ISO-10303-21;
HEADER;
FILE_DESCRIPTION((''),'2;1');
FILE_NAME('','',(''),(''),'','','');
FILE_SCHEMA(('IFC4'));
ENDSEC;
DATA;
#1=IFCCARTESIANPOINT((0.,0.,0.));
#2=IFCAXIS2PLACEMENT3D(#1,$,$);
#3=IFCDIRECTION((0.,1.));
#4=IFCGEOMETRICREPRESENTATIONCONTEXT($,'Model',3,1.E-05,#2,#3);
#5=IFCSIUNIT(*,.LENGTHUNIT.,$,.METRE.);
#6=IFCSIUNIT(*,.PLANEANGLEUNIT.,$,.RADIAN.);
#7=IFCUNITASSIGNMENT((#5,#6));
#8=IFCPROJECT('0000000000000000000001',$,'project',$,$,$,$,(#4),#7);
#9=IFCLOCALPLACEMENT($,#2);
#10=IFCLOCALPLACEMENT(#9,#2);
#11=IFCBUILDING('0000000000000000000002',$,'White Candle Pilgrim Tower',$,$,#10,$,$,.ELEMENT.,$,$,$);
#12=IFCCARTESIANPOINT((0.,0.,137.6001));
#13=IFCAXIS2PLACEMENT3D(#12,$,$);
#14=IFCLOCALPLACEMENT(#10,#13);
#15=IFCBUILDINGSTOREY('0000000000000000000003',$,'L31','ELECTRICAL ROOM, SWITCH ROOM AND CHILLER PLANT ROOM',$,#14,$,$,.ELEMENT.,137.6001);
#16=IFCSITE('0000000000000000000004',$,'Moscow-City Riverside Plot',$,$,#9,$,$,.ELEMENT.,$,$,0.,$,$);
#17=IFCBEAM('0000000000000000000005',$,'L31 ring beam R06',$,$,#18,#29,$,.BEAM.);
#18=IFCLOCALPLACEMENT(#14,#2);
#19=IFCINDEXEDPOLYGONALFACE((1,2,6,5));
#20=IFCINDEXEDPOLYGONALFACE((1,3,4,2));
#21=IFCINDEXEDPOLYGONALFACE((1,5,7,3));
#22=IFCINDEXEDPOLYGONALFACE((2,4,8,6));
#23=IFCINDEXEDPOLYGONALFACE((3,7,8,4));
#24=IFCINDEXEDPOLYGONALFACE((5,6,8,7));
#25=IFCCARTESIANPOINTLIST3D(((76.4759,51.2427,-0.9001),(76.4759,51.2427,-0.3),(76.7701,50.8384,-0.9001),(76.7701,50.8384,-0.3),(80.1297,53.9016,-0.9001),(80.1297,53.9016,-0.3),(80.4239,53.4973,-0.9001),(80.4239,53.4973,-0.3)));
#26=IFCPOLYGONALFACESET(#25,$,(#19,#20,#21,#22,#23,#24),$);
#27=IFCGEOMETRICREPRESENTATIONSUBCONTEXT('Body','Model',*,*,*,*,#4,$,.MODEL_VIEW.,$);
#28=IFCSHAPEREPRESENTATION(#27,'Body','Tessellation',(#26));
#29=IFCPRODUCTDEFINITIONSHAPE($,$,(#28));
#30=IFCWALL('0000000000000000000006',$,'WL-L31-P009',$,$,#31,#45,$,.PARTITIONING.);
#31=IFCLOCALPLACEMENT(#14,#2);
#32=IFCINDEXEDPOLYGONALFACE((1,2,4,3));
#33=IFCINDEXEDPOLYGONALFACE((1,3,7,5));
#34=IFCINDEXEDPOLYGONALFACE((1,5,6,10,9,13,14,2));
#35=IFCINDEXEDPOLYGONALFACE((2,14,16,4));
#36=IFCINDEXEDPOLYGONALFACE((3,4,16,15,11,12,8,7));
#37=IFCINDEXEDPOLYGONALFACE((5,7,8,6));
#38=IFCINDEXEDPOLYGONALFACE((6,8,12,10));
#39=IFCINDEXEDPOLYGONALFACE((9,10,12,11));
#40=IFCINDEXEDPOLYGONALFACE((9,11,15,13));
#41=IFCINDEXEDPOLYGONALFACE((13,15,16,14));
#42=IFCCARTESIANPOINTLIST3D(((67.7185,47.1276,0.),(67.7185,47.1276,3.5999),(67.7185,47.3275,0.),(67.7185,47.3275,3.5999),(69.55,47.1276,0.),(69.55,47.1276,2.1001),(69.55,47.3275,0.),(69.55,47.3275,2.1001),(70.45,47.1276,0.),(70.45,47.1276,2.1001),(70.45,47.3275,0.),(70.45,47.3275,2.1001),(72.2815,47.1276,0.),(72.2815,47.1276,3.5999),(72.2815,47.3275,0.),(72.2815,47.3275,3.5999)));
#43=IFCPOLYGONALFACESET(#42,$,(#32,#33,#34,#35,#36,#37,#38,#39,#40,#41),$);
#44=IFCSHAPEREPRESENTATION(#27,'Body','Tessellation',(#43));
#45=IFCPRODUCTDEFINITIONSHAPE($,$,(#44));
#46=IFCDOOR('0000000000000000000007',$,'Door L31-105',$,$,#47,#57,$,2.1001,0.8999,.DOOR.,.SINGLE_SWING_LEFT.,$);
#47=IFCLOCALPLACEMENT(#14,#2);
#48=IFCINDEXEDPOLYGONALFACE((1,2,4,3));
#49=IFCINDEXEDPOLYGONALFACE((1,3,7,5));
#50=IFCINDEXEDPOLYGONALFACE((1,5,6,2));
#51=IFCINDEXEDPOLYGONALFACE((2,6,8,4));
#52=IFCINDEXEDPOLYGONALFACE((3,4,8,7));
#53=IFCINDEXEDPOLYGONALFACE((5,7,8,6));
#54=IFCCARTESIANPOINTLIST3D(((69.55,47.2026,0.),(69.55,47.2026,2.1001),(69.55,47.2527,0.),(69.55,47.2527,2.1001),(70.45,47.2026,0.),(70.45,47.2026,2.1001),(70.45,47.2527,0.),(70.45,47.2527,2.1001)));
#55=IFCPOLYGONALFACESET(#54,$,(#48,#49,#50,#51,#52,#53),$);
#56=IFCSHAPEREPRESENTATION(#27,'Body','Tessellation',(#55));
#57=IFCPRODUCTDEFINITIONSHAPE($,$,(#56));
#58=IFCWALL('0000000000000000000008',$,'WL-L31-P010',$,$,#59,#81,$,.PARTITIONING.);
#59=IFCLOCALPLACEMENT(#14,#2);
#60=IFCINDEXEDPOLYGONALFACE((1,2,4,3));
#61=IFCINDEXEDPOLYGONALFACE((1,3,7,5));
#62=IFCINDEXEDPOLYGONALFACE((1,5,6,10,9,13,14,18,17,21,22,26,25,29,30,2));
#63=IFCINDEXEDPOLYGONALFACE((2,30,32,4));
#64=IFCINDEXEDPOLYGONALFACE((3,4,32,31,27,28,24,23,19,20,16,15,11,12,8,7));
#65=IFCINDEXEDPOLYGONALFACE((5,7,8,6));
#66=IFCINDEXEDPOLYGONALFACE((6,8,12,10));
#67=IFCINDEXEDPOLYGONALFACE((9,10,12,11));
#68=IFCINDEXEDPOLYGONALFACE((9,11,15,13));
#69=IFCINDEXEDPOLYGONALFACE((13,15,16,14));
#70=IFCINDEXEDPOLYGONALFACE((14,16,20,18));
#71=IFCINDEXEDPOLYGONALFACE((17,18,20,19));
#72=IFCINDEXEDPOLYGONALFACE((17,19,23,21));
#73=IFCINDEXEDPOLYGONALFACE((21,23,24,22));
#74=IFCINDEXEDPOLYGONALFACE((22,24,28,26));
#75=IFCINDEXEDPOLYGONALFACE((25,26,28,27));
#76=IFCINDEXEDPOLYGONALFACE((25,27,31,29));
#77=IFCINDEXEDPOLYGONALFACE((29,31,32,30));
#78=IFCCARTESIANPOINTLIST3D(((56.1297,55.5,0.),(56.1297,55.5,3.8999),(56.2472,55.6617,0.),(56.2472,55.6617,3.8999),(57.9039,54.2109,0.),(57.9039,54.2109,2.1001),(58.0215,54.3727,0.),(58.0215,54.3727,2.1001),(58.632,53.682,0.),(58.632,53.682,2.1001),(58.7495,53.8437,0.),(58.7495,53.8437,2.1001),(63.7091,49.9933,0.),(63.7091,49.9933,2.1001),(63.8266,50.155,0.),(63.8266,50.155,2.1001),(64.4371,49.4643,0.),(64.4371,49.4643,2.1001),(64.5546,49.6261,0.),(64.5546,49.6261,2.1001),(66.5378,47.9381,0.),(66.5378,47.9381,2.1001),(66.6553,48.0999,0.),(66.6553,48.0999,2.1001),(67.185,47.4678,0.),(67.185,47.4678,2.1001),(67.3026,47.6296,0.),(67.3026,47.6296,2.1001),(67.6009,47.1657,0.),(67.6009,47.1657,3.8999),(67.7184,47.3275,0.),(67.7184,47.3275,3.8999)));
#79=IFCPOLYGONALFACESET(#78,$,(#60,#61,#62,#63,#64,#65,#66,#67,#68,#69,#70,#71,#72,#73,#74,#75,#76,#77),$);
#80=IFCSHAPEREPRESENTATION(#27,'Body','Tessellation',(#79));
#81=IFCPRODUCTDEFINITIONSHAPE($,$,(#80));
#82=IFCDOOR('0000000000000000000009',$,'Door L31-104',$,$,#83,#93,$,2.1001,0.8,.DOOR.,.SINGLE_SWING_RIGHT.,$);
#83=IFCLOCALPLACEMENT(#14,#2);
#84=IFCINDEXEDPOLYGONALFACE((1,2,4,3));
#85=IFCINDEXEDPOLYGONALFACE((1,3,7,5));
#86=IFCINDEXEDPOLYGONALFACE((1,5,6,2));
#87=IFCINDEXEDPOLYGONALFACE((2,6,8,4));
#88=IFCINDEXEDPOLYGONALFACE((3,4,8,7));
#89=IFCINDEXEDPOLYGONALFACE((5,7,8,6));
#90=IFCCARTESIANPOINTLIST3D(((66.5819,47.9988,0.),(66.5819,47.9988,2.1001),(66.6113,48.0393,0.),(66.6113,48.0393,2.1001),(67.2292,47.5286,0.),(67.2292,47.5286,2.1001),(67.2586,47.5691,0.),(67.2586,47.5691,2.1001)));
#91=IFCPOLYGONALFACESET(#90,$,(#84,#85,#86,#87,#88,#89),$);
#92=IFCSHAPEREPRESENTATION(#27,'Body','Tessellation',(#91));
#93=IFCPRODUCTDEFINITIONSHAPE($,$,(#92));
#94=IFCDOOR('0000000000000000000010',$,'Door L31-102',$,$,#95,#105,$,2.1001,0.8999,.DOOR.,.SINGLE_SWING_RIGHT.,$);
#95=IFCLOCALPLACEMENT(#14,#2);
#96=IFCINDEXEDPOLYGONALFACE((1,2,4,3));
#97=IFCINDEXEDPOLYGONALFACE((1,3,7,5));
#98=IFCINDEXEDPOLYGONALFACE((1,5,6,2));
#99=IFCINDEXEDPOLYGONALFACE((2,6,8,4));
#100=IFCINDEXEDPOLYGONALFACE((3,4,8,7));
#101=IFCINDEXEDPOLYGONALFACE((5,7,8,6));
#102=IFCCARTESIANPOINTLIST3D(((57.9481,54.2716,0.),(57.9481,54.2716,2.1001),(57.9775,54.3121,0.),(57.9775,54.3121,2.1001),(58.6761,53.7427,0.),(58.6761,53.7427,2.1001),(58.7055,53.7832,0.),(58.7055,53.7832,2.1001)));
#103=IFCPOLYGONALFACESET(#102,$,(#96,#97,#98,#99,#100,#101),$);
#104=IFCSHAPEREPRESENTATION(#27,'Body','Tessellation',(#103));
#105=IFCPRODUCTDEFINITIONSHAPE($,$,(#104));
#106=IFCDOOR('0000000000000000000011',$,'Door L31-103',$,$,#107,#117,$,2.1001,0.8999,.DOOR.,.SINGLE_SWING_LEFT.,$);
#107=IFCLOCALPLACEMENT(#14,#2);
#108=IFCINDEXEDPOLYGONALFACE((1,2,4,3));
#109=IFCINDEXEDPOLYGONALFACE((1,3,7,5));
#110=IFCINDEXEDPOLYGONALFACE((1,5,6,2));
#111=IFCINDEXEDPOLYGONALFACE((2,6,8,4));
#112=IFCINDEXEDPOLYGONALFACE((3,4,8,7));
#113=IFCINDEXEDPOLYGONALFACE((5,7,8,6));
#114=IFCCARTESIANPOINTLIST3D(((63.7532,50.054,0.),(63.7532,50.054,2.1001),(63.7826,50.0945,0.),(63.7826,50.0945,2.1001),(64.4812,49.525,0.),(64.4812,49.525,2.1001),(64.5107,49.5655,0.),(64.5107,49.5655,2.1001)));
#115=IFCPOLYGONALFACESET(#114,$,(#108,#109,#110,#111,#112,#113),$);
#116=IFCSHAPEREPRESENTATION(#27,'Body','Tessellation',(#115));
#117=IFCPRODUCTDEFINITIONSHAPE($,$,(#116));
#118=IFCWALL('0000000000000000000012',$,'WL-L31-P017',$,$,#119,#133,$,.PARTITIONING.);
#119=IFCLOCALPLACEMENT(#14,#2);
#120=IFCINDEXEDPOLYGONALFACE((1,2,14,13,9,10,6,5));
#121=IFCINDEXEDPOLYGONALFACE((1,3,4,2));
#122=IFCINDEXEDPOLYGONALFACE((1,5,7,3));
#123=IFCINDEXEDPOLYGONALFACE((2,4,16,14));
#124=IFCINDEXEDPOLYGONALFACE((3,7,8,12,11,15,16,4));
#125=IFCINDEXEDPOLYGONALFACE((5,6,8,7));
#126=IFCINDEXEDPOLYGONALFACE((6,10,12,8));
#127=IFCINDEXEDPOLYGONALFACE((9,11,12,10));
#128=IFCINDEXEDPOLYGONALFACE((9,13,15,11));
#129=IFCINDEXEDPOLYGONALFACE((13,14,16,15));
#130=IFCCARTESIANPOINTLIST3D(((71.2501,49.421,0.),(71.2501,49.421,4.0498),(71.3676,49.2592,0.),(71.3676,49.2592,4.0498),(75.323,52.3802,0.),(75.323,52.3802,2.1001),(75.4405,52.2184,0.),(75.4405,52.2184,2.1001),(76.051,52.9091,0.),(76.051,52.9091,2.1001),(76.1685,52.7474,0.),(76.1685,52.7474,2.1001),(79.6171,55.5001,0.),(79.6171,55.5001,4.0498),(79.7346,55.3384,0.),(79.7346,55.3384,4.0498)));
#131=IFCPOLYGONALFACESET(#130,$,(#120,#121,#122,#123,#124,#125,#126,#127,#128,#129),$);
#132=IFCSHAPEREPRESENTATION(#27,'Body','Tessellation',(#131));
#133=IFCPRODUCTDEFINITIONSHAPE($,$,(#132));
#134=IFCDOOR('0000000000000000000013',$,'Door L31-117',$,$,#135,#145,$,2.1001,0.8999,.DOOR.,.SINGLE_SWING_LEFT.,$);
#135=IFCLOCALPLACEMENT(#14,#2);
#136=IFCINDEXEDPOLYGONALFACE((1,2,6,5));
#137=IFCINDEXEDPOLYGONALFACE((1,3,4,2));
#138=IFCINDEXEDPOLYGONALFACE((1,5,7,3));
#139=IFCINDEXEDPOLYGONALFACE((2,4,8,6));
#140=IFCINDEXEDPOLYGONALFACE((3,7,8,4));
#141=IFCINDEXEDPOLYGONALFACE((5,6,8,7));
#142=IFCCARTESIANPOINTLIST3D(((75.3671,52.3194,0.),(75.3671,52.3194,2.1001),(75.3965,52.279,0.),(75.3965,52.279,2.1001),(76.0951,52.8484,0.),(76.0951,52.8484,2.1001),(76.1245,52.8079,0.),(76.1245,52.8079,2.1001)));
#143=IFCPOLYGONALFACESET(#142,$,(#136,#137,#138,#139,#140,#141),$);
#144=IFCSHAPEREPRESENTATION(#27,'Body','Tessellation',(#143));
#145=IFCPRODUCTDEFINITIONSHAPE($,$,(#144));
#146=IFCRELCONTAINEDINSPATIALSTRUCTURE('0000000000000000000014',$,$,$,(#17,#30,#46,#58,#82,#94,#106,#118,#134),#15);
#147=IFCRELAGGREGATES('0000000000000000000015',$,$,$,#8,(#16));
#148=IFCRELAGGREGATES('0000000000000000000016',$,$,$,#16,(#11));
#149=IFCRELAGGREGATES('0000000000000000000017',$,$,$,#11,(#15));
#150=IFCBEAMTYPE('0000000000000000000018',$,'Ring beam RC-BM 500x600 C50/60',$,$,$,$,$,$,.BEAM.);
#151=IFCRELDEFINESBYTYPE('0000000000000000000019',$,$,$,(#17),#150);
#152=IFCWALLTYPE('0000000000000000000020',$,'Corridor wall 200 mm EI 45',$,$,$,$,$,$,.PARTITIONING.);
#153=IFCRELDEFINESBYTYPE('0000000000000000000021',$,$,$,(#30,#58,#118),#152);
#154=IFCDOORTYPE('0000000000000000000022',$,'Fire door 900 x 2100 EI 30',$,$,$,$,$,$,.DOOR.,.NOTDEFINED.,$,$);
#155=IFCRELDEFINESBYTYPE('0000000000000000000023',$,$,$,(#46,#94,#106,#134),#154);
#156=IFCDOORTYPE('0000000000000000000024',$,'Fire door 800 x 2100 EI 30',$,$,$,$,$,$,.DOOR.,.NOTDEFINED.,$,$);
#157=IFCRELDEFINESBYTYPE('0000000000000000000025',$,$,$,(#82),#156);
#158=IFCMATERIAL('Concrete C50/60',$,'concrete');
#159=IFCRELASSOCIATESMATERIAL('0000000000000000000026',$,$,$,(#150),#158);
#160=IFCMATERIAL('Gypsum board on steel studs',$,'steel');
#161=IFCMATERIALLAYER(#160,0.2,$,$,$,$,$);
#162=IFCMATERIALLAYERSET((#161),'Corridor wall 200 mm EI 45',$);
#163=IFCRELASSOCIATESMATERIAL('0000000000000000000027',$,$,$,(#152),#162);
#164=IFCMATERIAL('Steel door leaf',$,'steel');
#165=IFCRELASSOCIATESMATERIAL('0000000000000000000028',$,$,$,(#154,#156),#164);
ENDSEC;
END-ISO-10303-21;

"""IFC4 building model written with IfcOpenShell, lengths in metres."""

from ifc_helpers import new_model, si_unit, direction, frame, frame_2d, origin, origin_2d, place, context, subcontext, project, spatial, rectangle, extrude, material, layer, layer_set, material_profile, profile_set, type_object, element, fill, save


model = new_model("IFC4")

# Units and contexts
model_context = context("Model", 3, precision=1e-05, world=origin(), true_north=direction((0.0, 1.0)))
body_context = subcontext(model_context, "Body", "Model", "MODEL_VIEW")
ifc_project = project(units=[si_unit("LENGTHUNIT", "METRE"), si_unit("PLANEANGLEUNIT", "RADIAN")], contexts=[model_context])

# Site, building, storey
site_placement = place(None, origin())
site = spatial("IfcSite", under=ifc_project, at=site_placement, Name="Moscow-City Riverside Plot", CompositionType="ELEMENT", RefElevation=0.0)
building_placement = place(site_placement, origin())
building = spatial("IfcBuilding", under=site, at=building_placement, Name="White Candle Pilgrim Tower", CompositionType="ELEMENT")
storey_placement = place(building_placement, frame((0.0, 0.0, 137.6001)))
storey = spatial("IfcBuildingStorey", under=building, at=storey_placement, Name="L31", Description="ELECTRICAL ROOM, SWITCH ROOM AND CHILLER PLANT ROOM", CompositionType="ELEMENT", Elevation=137.6001)

# Beam
ifc_material_1 = material(Name="Concrete C50/60", Category="concrete")
ifc_material_profile_1 = material_profile(ifc_material_1, rectangle(XDim=0.5, YDim=0.6001, at=origin_2d()), Name="RC-BM 500x600")
ifc_profile_set_1 = profile_set([ifc_material_profile_1], Name="Concrete C50/60")
beam_type = type_object("IfcBeamType", Name="Ring beam RC-BM 500x600 C50/60", PredefinedType="BEAM", material=ifc_profile_set_1)
beam_1_placement = place(storey_placement, frame((76.623, 51.0405, -0.6001), z_axis=(0.808566, 0.588406, 0.0), x_axis=(-0.588406, 0.808566, 0.0)))
element("IfcBeam", 1, at=beam_1_placement, inside=storey, type_object=beam_type, Name="L31 ring beam R06", PredefinedType="BEAM", context=body_context, shape_type="SweptSolid", body=[
    extrude(rectangle(XDim=0.5, YDim=0.6001, at=origin_2d()), origin(), (0.0, 0.0, 1.0), 4.5188),
])

# Wall, opening, door
ifc_material_2 = material(Name="Gypsum board on steel studs", Category="steel")
ifc_layer_1 = layer(ifc_material_2, 0.2)
ifc_layer_set_1 = layer_set([ifc_layer_1], Name="Corridor wall 200 mm EI 45")
wall_type_1 = type_object("IfcWallType", Name="Corridor wall 200 mm EI 45", PredefinedType="PARTITIONING", material=ifc_layer_set_1)
wall_1_placement = place(storey_placement, frame((72.2815, 47.2275, 0.0), z_axis=(0.0, 0.0, 1.0), x_axis=(-1.0, 0.0, 0.0)))
wall_1 = element("IfcWall", 2, at=wall_1_placement, inside=storey, type_object=wall_type_1, Name="WL-L31-P009", PredefinedType="PARTITIONING", context=body_context, shape_type="SweptSolid", body=[
    extrude(rectangle(XDim=4.563, YDim=0.2, at=frame_2d((2.2815, 0.0))), origin(), (0.0, 0.0, 1.0), 3.5999),
])
opening_1_placement = place(wall_1_placement, frame((1.8315, 0.0, 0.0)))
opening_1 = element("IfcOpeningElement", 3, at=opening_1_placement, cuts=wall_1, PredefinedType="OPENING", context=body_context, shape_type="SweptSolid", body=[
    extrude(rectangle(XDim=0.8999, YDim=2.1001, at=frame_2d((0.45, 1.05))), frame((0.0, 0.1099, 0.0), z_axis=(0.0, -1.0, 0.0), x_axis=(1.0, 0.0, 0.0)), (0.0, 0.0, 1.0), 0.22),
])
ifc_material_3 = material(Name="Steel door leaf", Category="steel")
door_type_1 = type_object("IfcDoorType", Name="Fire door 900 x 2100 EI 30", OperationType="NOTDEFINED", PredefinedType="DOOR", material=ifc_material_3)
door_1_placement = place(opening_1_placement, origin())
door_1 = element("IfcDoor", 4, at=door_1_placement, inside=storey, type_object=door_type_1, Name="Door L31-105", OperationType="SINGLE_SWING_LEFT", OverallHeight=2.1001, OverallWidth=0.8999, PredefinedType="DOOR", context=body_context, shape_type="SweptSolid", body=[
    extrude(rectangle(XDim=0.8999, YDim=2.1001, at=frame_2d((0.45, 1.05))), frame((0.0, 0.0249, 0.0), z_axis=(0.0, -1.0, 0.0), x_axis=(1.0, 0.0, 0.0)), (0.0, 0.0, 1.0), 0.05),
])
fill(opening_1, door_1)

# Wall, openings, doors
wall_2_placement = place(storey_placement, frame((67.6597, 47.2466, 0.0), z_axis=(0.0, 0.0, 1.0), x_axis=(-0.80902, 0.587782, 0.0)))
wall_2 = element("IfcWall", 5, at=wall_2_placement, inside=storey, type_object=wall_type_1, Name="WL-L31-P010", PredefinedType="PARTITIONING", context=body_context, shape_type="SweptSolid", body=[
    extrude(rectangle(XDim=14.1792, YDim=0.2, at=frame_2d((7.0896, 0.0))), origin(), (0.0, 0.0, 1.0), 3.8999),
])
opening_2_placement = place(wall_2_placement, frame((11.0862, 0.0, 0.0)))
opening_2 = element("IfcOpeningElement", 6, at=opening_2_placement, cuts=wall_2, PredefinedType="OPENING", context=body_context, shape_type="SweptSolid", body=[
    extrude(rectangle(XDim=0.8999, YDim=2.1001, at=frame_2d((0.45, 1.05))), frame((0.0, 0.1099, 0.0), z_axis=(0.0, -1.0, 0.0), x_axis=(1.0, 0.0, 0.0)), (0.0, 0.0, 1.0), 0.22),
])
opening_3_placement = place(wall_2_placement, frame((3.9106, 0.0, 0.0)))
opening_3 = element("IfcOpeningElement", 7, at=opening_3_placement, cuts=wall_2, PredefinedType="OPENING", context=body_context, shape_type="SweptSolid", body=[
    extrude(rectangle(XDim=0.8999, YDim=2.1001, at=frame_2d((0.45, 1.05))), frame((0.0, 0.1099, 0.0), z_axis=(0.0, -1.0, 0.0), x_axis=(1.0, 0.0, 0.0)), (0.0, 0.0, 1.0), 0.22),
])
opening_4_placement = place(wall_2_placement, frame((0.5142, 0.0, 0.0)))
opening_4 = element("IfcOpeningElement", 8, at=opening_4_placement, cuts=wall_2, PredefinedType="OPENING", context=body_context, shape_type="SweptSolid", body=[
    extrude(rectangle(XDim=0.8, YDim=2.1001, at=frame_2d((0.3999, 1.05))), frame((0.0, 0.1099, 0.0), z_axis=(0.0, -1.0, 0.0), x_axis=(1.0, 0.0, 0.0)), (0.0, 0.0, 1.0), 0.22),
])
door_type_2 = type_object("IfcDoorType", Name="Fire door 800 x 2100 EI 30", OperationType="NOTDEFINED", PredefinedType="DOOR", material=ifc_material_3)
door_2_placement = place(opening_4_placement, origin())
door_2 = element("IfcDoor", 9, at=door_2_placement, inside=storey, type_object=door_type_2, Name="Door L31-104", OperationType="SINGLE_SWING_RIGHT", OverallHeight=2.1001, OverallWidth=0.8, PredefinedType="DOOR", context=body_context, shape_type="SweptSolid", body=[
    extrude(rectangle(XDim=0.8, YDim=2.1001, at=frame_2d((0.3999, 1.05))), frame((0.0, 0.0249, 0.0), z_axis=(0.0, -1.0, 0.0), x_axis=(1.0, 0.0, 0.0)), (0.0, 0.0, 1.0), 0.05),
])
fill(opening_4, door_2)
door_3_placement = place(opening_2_placement, origin())
door_3 = element("IfcDoor", 10, at=door_3_placement, inside=storey, type_object=door_type_1, Name="Door L31-102", OperationType="SINGLE_SWING_RIGHT", OverallHeight=2.1001, OverallWidth=0.8999, PredefinedType="DOOR", context=body_context, shape_type="SweptSolid", body=[
    extrude(rectangle(XDim=0.8999, YDim=2.1001, at=frame_2d((0.45, 1.05))), frame((0.0, 0.0249, 0.0), z_axis=(0.0, -1.0, 0.0), x_axis=(1.0, 0.0, 0.0)), (0.0, 0.0, 1.0), 0.05),
])
fill(opening_2, door_3)
door_4_placement = place(opening_3_placement, origin())
door_4 = element("IfcDoor", 11, at=door_4_placement, inside=storey, type_object=door_type_1, Name="Door L31-103", OperationType="SINGLE_SWING_LEFT", OverallHeight=2.1001, OverallWidth=0.8999, PredefinedType="DOOR", context=body_context, shape_type="SweptSolid", body=[
    extrude(rectangle(XDim=0.8999, YDim=2.1001, at=frame_2d((0.45, 1.05))), frame((0.0, 0.0249, 0.0), z_axis=(0.0, -1.0, 0.0), x_axis=(1.0, 0.0, 0.0)), (0.0, 0.0, 1.0), 0.05),
])
fill(opening_3, door_4)

# Wall, opening, door
wall_3_placement = place(storey_placement, frame((71.3088, 49.3401, 0.0), z_axis=(0.0, 0.0, 1.0), x_axis=(0.80901, 0.587795, 0.0)))
wall_3 = element("IfcWall", 12, at=wall_3_placement, inside=storey, type_object=wall_type_1, Name="WL-L31-P017", PredefinedType="PARTITIONING", context=body_context, shape_type="SweptSolid", body=[
    extrude(rectangle(XDim=10.3423, YDim=0.2, at=frame_2d((5.1711, 0.0))), origin(), (0.0, 0.0, 1.0), 4.0498),
])
opening_5_placement = place(wall_3_placement, frame((5.0344, 0.0, 0.0)))
opening_5 = element("IfcOpeningElement", 13, at=opening_5_placement, cuts=wall_3, PredefinedType="OPENING", context=body_context, shape_type="SweptSolid", body=[
    extrude(rectangle(XDim=0.8999, YDim=2.1001, at=frame_2d((0.45, 1.05))), frame((0.0, 0.1099, 0.0), z_axis=(0.0, -1.0, 0.0), x_axis=(1.0, 0.0, 0.0)), (0.0, 0.0, 1.0), 0.22),
])
door_5_placement = place(opening_5_placement, origin())
door_5 = element("IfcDoor", 14, at=door_5_placement, inside=storey, type_object=door_type_1, Name="Door L31-117", OperationType="SINGLE_SWING_LEFT", OverallHeight=2.1001, OverallWidth=0.8999, PredefinedType="DOOR", context=body_context, shape_type="SweptSolid", body=[
    extrude(rectangle(XDim=0.8999, YDim=2.1001, at=frame_2d((0.45, 1.05))), frame((0.0, 0.0249, 0.0), z_axis=(0.0, -1.0, 0.0), x_axis=(1.0, 0.0, 0.0)), (0.0, 0.0, 1.0), 0.05),
])
fill(opening_5, door_5)

save(model, "model.ifc")
